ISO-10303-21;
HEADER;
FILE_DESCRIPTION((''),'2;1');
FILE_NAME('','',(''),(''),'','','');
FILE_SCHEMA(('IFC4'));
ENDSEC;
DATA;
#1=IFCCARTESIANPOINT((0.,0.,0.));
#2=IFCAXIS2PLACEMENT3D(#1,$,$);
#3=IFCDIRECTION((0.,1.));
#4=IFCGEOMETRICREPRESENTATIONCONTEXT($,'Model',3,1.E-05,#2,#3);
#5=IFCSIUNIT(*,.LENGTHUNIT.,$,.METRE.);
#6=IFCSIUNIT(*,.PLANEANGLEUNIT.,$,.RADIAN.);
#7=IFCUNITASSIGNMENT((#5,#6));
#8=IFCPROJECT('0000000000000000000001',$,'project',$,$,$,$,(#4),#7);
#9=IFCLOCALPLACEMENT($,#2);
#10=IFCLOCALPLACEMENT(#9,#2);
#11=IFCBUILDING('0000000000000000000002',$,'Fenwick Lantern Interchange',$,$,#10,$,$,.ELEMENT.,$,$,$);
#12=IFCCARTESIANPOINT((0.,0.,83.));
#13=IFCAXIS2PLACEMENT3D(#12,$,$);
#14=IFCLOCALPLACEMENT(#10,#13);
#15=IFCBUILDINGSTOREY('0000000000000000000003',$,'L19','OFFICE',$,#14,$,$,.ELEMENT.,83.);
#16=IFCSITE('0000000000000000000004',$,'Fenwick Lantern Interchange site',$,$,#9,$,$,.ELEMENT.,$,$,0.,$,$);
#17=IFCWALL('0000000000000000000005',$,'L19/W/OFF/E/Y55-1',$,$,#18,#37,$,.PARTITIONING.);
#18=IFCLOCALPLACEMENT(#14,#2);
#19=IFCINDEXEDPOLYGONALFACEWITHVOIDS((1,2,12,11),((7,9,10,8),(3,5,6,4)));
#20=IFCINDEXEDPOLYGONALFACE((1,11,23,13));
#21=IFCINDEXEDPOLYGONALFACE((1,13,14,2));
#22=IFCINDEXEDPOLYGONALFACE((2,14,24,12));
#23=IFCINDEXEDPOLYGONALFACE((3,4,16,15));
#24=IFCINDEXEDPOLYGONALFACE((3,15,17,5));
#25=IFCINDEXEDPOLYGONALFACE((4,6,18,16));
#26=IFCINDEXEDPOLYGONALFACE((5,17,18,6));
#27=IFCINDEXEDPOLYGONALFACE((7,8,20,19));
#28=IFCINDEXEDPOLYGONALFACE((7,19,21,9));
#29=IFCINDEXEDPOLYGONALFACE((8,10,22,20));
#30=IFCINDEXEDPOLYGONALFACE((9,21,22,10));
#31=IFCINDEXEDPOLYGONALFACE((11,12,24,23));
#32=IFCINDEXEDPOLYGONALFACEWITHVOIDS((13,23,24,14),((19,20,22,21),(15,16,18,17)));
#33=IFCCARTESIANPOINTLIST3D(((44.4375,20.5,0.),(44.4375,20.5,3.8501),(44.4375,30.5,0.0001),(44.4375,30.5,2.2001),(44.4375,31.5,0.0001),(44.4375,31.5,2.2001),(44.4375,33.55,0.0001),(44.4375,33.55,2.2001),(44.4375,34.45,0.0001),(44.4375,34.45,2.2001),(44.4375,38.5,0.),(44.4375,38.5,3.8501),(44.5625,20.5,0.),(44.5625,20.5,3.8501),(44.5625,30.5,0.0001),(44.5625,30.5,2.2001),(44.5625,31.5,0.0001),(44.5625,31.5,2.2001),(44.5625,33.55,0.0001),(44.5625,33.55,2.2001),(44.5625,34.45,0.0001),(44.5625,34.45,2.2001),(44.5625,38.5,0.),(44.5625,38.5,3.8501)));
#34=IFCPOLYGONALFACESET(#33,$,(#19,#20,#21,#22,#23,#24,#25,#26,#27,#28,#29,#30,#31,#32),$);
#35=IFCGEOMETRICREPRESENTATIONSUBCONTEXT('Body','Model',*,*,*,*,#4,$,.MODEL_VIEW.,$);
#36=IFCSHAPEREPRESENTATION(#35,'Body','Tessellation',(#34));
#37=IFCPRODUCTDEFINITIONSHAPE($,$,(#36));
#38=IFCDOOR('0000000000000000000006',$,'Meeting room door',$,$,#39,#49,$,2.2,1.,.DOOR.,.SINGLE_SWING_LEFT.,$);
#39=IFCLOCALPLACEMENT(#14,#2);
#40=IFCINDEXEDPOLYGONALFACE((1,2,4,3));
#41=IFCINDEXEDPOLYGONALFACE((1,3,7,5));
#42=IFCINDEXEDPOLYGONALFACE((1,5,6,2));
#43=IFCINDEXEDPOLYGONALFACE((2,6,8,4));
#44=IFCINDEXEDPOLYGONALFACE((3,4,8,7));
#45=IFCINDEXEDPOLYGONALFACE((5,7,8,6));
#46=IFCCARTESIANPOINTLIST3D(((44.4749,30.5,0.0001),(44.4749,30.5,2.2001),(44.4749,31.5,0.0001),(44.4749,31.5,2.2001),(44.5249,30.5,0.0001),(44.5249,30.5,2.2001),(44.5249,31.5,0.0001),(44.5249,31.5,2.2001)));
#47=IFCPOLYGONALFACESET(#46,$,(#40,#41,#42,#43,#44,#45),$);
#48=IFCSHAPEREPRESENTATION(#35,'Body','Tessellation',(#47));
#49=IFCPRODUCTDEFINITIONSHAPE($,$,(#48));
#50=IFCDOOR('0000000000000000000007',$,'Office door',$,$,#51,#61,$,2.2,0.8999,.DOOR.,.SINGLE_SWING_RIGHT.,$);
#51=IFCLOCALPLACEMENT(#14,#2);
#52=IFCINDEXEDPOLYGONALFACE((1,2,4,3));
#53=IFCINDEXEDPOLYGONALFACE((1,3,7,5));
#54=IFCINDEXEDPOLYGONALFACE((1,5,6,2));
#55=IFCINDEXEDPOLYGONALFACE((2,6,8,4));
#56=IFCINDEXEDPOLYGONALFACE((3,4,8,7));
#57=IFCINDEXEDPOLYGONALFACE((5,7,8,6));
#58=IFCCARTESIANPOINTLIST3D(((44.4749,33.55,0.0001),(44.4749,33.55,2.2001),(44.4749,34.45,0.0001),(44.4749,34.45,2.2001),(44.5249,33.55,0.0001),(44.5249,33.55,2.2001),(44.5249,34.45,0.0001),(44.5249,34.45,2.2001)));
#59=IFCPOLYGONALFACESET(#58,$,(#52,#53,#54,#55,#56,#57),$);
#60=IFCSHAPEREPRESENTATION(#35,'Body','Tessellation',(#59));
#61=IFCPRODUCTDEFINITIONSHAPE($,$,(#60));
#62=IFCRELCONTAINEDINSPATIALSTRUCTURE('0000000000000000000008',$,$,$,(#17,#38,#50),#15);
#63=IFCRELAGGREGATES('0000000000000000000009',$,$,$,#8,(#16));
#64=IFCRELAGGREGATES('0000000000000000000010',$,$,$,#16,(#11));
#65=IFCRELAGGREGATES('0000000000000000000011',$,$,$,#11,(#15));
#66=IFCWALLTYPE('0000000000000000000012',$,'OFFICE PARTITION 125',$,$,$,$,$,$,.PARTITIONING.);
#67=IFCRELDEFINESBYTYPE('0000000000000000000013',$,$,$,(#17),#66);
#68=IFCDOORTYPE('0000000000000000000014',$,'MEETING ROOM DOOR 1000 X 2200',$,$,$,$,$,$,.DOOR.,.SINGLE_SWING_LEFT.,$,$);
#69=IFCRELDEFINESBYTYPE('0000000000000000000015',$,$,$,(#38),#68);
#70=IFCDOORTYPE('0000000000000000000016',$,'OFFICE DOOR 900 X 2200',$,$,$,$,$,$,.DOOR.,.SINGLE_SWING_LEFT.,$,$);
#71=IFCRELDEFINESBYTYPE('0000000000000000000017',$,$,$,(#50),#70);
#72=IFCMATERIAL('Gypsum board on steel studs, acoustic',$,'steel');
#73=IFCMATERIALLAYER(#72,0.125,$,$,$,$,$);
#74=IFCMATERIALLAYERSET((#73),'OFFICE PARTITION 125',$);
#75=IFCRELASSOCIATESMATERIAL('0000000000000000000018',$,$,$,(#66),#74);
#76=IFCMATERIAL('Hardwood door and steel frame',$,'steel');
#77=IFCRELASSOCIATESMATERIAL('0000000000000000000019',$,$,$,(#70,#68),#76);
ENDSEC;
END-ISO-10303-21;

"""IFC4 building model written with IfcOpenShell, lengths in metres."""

from ifc_helpers import new_model, si_unit, direction, frame, frame_2d, origin, place, context, subcontext, project, spatial, rectangle, extrude, material, layer, layer_set, type_object, element, fill, save


model = new_model("IFC4")

# Units and contexts
model_context = context("Model", 3, precision=1e-05, world=origin(), true_north=direction((0.0, 1.0)))
body_context = subcontext(model_context, "Body", "Model", "MODEL_VIEW")
ifc_project = project(units=[si_unit("LENGTHUNIT", "METRE"), si_unit("PLANEANGLEUNIT", "RADIAN")], contexts=[model_context])

# Site, building, storey
site_placement = place(None, origin())
site = spatial("IfcSite", under=ifc_project, at=site_placement, Name="Fenwick Lantern Interchange site", CompositionType="ELEMENT", RefElevation=0.0)
building_placement = place(site_placement, origin())
building = spatial("IfcBuilding", under=site, at=building_placement, Name="Fenwick Lantern Interchange", CompositionType="ELEMENT")
storey_placement = place(building_placement, frame((0.0, 0.0, 83.0)))
storey = spatial("IfcBuildingStorey", under=building, at=storey_placement, Name="L19", Description="OFFICE", CompositionType="ELEMENT", Elevation=83.0)

# Shared definitions
ifc_material_1 = material(Name="Gypsum board on steel studs, acoustic", Category="steel")
ifc_layer_1 = layer(ifc_material_1, 0.125)
ifc_layer_set_1 = layer_set([ifc_layer_1], Name="OFFICE PARTITION 125")
wall_type = type_object("IfcWallType", Name="OFFICE PARTITION 125", PredefinedType="PARTITIONING", material=ifc_layer_set_1)
ifc_material_2 = material(Name="Hardwood door and steel frame", Category="steel")
door_type_1 = type_object("IfcDoorType", Name="OFFICE DOOR 900 X 2200", OperationType="SINGLE_SWING_LEFT", PredefinedType="DOOR", material=ifc_material_2)

# Wall, openings, doors
wall_1_placement = place(storey_placement, frame((44.5, 20.5, 0.0), z_axis=(0.0, 0.0, 1.0), x_axis=(0.0, 1.0, 0.0)))
wall_1 = element("IfcWall", 1, at=wall_1_placement, inside=storey, type_object=wall_type, Name="L19/W/OFF/E/Y55-1", PredefinedType="PARTITIONING", context=body_context, shape_type="SweptSolid", body=[
    extrude(rectangle(XDim=18.0, YDim=0.125, at=frame_2d((9.0, 0.0))), origin(), (0.0, 0.0, 1.0), 3.8501),
])
opening_1_placement = place(wall_1_placement, frame((10.0, 0.0, 0.0)))
opening_1 = element("IfcOpeningElement", 2, at=opening_1_placement, cuts=wall_1, PredefinedType="OPENING", context=body_context, shape_type="SweptSolid", body=[
    extrude(rectangle(XDim=1.0, YDim=2.2, at=frame_2d((0.5, 1.1001))), frame((0.0, 0.0725, 0.0), z_axis=(0.0, -1.0, 0.0), x_axis=(1.0, 0.0, 0.0)), (0.0, 0.0, 1.0), 0.145),
])
opening_2_placement = place(wall_1_placement, frame((13.05, 0.0, 0.0)))
opening_2 = element("IfcOpeningElement", 3, at=opening_2_placement, cuts=wall_1, PredefinedType="OPENING", context=body_context, shape_type="SweptSolid", body=[
    extrude(rectangle(XDim=0.8999, YDim=2.2, at=frame_2d((0.45, 1.1001))), frame((0.0, 0.0725, 0.0), z_axis=(0.0, -1.0, 0.0), x_axis=(1.0, 0.0, 0.0)), (0.0, 0.0, 1.0), 0.145),
])
door_type_2 = type_object("IfcDoorType", Name="MEETING ROOM DOOR 1000 X 2200", OperationType="SINGLE_SWING_LEFT", PredefinedType="DOOR", material=ifc_material_2)
door_1_placement = place(opening_1_placement, frame((1.0, 0.0, 0.0), z_axis=(0.0, 0.0, 1.0), x_axis=(-1.0, 0.0, 0.0)))
door_1 = element("IfcDoor", 4, at=door_1_placement, inside=storey, type_object=door_type_2, Name="Meeting room door", OperationType="SINGLE_SWING_LEFT", OverallHeight=2.2, OverallWidth=1.0, PredefinedType="DOOR", context=body_context, shape_type="SweptSolid", body=[
    extrude(rectangle(XDim=1.0, YDim=2.2, at=frame_2d((0.5, 1.1001))), frame((0.0, 0.0249, 0.0), z_axis=(0.0, -1.0, 0.0), x_axis=(1.0, 0.0, 0.0)), (0.0, 0.0, 1.0), 0.05),
])
fill(opening_1, door_1)
door_2_placement = place(opening_2_placement, frame((0.8999, 0.0, 0.0), z_axis=(0.0, 0.0, 1.0), x_axis=(-1.0, 0.0, 0.0)))
door_2 = element("IfcDoor", 5, at=door_2_placement, inside=storey, type_object=door_type_1, Name="Office door", OperationType="SINGLE_SWING_RIGHT", OverallHeight=2.2, OverallWidth=0.8999, PredefinedType="DOOR", context=body_context, shape_type="SweptSolid", body=[
    extrude(rectangle(XDim=0.8999, YDim=2.2, at=frame_2d((0.45, 1.1001))), frame((0.0, 0.0249, 0.0), z_axis=(0.0, -1.0, 0.0), x_axis=(1.0, 0.0, 0.0)), (0.0, 0.0, 1.0), 0.05),
])
fill(opening_2, door_2)

save(model, "model.ifc")
